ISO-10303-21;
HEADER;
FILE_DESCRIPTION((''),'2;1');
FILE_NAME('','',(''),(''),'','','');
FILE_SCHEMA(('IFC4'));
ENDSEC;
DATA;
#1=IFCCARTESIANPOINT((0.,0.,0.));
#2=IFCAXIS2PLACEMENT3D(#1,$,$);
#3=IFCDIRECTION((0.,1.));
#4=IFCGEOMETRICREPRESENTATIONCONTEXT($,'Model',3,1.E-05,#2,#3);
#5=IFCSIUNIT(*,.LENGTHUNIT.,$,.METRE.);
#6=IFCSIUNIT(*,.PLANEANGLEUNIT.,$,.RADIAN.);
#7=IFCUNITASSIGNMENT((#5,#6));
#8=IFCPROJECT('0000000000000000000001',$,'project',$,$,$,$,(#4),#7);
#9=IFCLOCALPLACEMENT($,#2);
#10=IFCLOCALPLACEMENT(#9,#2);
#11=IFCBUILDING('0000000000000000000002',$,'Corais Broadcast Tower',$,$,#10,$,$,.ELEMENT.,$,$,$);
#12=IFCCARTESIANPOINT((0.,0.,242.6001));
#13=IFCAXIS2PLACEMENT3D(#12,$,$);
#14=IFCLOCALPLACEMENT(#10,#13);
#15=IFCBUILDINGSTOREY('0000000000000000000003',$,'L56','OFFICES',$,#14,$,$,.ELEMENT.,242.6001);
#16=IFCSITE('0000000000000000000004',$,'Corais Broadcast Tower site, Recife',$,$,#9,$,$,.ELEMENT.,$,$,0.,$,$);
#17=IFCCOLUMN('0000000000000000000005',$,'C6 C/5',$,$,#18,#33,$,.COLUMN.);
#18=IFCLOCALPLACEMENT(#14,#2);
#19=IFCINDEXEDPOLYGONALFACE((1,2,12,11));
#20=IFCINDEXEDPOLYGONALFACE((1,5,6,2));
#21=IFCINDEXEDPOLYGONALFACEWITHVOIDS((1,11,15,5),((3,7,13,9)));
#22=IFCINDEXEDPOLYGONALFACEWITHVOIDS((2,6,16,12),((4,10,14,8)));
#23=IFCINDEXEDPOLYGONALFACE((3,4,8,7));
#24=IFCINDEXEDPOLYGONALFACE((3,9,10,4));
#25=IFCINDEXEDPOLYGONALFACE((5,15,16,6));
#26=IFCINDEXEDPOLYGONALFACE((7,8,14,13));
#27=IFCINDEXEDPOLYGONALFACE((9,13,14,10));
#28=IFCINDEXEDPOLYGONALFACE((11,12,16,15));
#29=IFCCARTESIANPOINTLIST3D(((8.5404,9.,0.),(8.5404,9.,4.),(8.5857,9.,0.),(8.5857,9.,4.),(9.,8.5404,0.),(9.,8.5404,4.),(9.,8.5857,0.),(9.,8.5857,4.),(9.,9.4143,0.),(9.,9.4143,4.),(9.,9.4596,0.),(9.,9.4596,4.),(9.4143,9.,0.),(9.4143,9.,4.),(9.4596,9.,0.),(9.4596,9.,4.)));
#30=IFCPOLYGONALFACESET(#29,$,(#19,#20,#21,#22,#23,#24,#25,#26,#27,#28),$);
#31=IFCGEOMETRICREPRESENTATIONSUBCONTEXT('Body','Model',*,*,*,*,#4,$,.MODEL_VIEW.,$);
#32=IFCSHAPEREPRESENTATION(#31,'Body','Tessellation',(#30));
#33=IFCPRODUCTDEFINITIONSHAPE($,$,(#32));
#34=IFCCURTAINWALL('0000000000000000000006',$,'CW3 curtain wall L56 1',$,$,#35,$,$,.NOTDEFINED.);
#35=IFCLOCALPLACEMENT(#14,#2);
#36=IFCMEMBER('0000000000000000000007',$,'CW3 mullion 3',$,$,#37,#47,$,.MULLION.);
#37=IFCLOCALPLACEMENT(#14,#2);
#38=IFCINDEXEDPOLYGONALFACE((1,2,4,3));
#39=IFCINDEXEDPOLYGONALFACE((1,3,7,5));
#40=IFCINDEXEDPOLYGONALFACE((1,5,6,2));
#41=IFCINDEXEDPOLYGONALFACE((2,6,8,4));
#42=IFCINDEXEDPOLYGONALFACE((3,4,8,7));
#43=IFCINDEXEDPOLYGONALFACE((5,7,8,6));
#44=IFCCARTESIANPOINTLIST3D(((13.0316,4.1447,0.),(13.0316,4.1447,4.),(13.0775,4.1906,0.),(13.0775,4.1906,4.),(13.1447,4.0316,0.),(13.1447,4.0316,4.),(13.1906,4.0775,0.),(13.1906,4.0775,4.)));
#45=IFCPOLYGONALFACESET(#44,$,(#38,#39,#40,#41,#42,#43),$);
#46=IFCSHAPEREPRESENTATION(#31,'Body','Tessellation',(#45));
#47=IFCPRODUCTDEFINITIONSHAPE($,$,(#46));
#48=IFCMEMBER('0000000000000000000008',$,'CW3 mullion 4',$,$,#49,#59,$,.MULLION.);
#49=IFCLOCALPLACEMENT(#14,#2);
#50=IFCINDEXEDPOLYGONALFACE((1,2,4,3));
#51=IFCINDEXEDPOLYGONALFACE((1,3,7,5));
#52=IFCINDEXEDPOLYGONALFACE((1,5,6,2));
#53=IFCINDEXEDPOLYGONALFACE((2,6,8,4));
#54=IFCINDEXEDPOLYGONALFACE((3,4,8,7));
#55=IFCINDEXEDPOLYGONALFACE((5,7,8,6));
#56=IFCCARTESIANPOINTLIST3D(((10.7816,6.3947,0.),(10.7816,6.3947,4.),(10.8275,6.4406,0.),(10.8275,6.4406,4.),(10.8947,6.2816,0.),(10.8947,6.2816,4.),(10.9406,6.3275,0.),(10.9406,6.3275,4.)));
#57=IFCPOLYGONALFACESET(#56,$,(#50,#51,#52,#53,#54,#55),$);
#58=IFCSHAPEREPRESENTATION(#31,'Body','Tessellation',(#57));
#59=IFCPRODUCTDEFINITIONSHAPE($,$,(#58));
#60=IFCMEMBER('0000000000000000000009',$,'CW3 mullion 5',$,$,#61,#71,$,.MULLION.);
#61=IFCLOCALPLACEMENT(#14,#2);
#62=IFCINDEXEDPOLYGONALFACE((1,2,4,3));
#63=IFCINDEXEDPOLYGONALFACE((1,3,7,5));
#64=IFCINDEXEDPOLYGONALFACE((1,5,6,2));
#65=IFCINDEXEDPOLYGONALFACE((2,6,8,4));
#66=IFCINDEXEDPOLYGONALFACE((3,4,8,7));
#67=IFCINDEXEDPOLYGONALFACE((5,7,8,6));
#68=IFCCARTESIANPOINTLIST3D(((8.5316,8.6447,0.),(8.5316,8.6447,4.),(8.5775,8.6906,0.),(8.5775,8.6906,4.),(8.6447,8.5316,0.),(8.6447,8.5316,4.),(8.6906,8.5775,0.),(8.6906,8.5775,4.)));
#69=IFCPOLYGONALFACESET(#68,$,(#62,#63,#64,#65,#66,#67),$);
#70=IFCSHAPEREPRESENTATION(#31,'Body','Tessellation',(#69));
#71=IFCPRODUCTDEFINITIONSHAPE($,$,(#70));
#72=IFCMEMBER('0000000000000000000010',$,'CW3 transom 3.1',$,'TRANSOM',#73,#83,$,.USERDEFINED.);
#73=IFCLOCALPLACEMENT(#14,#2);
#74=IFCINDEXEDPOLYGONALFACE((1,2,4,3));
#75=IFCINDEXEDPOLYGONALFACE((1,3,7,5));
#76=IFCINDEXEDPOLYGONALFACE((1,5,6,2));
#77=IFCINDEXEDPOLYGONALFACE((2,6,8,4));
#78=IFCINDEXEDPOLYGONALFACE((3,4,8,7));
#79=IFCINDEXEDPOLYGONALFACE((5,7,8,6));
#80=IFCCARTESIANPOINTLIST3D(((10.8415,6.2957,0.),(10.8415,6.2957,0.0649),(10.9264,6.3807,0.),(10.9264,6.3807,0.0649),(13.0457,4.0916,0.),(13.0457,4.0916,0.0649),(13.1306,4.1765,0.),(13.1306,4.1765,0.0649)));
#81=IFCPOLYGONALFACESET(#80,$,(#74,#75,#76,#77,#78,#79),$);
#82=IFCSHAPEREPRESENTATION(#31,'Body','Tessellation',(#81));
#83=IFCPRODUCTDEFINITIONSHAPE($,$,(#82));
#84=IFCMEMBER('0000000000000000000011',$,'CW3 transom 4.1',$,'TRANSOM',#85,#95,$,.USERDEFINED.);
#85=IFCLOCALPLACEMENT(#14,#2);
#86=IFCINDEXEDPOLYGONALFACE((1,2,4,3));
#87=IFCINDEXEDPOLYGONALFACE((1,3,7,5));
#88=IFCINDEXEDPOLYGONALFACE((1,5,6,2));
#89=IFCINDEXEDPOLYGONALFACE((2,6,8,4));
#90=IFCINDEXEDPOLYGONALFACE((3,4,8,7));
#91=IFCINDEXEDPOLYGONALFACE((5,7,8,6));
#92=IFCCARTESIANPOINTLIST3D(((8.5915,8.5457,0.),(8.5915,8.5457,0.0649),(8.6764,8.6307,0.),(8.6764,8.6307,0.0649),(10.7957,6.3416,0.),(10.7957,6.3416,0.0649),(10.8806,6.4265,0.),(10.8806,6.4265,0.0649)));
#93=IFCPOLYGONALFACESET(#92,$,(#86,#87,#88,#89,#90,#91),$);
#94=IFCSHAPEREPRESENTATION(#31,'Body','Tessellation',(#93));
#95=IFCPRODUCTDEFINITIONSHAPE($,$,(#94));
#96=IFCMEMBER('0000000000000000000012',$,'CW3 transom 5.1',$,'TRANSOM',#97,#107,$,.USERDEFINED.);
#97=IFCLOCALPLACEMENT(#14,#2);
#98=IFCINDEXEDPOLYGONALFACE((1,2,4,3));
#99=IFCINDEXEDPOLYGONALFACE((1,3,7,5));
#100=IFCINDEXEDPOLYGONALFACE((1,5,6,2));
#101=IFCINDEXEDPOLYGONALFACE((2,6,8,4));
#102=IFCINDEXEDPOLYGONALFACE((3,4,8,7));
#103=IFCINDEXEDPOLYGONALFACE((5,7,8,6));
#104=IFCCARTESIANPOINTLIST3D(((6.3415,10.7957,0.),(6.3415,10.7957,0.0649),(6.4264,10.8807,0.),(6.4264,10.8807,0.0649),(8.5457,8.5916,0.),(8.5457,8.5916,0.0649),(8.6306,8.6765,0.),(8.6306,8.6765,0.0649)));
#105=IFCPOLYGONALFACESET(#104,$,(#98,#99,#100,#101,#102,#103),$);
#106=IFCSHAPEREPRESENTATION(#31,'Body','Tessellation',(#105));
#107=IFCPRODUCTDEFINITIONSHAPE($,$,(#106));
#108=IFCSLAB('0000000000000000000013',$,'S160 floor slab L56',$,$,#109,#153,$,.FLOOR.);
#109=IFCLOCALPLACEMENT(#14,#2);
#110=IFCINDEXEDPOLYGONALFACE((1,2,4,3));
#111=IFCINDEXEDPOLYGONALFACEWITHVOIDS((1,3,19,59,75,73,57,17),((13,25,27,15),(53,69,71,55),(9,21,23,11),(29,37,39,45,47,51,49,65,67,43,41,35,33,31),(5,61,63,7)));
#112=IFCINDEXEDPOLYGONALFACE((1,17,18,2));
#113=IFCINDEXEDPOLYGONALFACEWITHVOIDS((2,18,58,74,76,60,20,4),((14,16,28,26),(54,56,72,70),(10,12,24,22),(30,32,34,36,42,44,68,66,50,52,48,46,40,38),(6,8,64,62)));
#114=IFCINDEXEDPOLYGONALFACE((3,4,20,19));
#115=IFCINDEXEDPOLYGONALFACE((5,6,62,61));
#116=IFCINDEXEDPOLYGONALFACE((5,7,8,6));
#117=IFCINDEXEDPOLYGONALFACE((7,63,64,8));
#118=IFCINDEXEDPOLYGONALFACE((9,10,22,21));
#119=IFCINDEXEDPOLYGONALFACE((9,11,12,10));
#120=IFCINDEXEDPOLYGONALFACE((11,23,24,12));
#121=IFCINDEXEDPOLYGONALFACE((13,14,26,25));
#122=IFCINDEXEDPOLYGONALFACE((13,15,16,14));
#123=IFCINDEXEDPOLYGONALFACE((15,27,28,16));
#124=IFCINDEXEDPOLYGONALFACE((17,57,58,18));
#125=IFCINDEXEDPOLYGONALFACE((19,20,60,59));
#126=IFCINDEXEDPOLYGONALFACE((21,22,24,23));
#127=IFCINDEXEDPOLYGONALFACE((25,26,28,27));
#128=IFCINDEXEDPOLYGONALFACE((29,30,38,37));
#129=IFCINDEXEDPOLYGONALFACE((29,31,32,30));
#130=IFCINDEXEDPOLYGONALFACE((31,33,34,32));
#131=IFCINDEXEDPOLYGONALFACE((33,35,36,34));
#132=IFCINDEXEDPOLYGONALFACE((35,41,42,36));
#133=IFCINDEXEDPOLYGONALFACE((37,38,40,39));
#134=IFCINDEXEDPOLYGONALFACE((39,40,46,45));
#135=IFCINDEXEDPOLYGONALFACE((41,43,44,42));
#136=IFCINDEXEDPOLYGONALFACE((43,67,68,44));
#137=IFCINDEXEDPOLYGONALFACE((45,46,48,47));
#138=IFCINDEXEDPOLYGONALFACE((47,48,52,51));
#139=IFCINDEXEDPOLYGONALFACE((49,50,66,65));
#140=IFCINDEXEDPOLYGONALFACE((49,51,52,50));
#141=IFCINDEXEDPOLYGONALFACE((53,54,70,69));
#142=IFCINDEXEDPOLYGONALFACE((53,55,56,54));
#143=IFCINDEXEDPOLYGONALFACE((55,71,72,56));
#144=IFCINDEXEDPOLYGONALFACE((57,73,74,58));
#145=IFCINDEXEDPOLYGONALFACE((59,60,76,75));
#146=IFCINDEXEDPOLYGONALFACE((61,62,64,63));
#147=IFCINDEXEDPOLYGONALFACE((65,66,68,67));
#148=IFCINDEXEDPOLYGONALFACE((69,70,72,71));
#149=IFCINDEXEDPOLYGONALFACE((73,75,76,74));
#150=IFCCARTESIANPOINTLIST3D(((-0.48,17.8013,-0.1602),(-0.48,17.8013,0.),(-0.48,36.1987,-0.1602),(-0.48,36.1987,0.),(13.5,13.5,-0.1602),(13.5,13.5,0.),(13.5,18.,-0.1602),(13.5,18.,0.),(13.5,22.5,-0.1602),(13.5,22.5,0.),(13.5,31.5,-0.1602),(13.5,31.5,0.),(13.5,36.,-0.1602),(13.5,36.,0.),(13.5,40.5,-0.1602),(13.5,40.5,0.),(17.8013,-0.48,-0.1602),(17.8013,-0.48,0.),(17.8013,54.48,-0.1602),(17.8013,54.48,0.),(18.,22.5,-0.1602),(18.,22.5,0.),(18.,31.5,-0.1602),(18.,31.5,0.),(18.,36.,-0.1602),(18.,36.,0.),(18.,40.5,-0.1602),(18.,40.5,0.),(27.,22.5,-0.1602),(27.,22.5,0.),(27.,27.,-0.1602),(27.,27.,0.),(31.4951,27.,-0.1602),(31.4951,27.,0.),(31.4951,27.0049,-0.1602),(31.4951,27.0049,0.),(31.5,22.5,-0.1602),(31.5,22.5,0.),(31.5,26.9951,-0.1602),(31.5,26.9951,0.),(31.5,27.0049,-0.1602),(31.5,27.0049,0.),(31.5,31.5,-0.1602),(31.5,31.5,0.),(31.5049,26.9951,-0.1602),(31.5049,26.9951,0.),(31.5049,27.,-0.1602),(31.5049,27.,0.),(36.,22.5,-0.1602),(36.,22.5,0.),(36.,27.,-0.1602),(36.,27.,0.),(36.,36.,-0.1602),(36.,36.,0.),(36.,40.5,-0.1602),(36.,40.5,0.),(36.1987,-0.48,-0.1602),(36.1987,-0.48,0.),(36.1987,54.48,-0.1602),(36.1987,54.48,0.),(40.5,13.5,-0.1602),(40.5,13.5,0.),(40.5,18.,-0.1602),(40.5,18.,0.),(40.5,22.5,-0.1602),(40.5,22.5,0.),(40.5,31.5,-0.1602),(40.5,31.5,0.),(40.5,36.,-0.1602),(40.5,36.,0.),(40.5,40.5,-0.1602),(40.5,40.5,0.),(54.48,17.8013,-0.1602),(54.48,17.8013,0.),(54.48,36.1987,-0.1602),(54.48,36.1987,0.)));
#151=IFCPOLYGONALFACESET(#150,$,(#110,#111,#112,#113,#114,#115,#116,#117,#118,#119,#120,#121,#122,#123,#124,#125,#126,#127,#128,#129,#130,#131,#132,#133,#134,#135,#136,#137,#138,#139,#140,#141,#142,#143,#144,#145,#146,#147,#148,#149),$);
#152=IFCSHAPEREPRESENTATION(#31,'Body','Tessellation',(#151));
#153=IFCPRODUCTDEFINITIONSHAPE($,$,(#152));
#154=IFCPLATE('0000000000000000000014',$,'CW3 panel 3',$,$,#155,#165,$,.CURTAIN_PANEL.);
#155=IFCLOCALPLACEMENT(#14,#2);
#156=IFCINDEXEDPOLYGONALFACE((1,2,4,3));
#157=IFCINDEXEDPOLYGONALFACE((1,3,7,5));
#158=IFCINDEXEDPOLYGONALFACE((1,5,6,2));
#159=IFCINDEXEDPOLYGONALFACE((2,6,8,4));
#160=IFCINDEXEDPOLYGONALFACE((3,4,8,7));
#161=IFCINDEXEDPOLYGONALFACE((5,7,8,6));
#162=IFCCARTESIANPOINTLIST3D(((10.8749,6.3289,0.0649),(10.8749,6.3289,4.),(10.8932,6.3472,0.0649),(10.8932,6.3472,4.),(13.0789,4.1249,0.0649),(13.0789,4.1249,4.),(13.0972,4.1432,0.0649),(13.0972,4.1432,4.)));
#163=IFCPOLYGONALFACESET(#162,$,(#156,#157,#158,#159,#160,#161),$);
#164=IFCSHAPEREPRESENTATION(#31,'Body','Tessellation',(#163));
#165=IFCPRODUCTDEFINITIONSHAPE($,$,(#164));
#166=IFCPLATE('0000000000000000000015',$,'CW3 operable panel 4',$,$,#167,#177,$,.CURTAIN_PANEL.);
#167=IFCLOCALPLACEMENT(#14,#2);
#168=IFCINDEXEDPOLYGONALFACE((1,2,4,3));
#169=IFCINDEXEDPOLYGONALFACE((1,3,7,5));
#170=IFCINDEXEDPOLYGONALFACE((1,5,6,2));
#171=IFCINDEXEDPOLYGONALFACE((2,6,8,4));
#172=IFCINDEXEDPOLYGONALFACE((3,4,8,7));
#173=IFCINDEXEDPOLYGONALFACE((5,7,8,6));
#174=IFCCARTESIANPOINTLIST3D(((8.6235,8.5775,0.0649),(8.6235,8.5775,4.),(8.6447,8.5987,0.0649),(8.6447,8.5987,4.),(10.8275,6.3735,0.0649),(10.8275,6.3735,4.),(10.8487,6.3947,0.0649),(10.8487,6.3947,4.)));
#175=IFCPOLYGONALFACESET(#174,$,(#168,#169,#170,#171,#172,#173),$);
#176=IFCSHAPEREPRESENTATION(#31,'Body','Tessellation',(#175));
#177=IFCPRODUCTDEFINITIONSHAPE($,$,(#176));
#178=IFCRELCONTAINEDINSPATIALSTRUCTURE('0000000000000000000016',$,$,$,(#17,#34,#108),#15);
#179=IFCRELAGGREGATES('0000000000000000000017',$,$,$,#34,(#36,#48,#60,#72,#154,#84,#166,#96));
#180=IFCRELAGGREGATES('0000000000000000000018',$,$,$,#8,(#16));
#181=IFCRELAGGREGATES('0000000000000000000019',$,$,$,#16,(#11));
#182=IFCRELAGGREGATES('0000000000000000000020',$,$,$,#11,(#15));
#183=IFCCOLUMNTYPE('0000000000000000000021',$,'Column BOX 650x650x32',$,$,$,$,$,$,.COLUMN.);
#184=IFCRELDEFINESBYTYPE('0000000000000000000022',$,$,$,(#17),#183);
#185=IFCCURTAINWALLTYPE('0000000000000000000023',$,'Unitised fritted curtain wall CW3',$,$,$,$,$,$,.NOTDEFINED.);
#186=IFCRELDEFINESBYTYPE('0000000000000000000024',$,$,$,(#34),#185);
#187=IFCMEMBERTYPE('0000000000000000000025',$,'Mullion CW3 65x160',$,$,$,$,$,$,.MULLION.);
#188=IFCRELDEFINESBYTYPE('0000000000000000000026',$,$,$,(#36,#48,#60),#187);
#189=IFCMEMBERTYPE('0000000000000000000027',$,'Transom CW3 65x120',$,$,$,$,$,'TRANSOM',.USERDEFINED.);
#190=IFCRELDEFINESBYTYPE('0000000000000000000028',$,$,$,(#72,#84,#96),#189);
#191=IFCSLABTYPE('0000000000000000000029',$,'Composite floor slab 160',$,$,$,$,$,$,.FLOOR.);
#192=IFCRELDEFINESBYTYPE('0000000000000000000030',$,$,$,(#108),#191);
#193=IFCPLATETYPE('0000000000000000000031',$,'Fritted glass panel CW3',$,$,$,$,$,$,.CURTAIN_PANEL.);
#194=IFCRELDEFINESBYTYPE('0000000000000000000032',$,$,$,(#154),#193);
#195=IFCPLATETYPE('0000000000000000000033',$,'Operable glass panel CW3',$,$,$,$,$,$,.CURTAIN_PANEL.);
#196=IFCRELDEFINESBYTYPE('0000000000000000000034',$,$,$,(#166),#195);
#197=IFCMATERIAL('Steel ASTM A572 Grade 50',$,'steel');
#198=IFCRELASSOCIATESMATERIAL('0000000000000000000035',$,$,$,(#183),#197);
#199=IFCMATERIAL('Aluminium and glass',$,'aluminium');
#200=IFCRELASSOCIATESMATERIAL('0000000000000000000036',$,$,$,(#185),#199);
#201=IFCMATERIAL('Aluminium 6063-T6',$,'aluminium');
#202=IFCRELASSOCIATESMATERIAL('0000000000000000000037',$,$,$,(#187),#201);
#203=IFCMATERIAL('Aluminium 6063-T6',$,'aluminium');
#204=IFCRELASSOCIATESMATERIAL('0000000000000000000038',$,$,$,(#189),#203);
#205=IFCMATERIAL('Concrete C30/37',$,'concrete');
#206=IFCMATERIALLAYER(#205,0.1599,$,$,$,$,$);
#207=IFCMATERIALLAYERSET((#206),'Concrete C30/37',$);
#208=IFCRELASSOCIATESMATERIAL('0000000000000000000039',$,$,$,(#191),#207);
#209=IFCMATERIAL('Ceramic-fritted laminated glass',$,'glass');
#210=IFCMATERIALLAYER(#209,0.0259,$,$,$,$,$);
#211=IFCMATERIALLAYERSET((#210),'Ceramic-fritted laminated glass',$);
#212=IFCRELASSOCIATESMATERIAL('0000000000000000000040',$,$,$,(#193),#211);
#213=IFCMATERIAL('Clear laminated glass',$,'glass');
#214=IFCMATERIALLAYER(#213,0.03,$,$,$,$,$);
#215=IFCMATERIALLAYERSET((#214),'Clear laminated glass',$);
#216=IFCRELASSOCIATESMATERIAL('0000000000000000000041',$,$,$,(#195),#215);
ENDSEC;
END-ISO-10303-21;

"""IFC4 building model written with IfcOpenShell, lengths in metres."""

from ifc_helpers import new_model, si_unit, direction, frame, origin, origin_2d, place, context, subcontext, project, spatial, polyline, rectangle, hollow_rectangle, outline, extrude, material, layer, layer_set, material_profile, profile_set, type_object, element, aggregate, save


model = new_model("IFC4")

# Units and contexts
model_context = context("Model", 3, precision=1e-05, world=origin(), true_north=direction((0.0, 1.0)))
body_context = subcontext(model_context, "Body", "Model", "MODEL_VIEW")
ifc_project = project(units=[si_unit("LENGTHUNIT", "METRE"), si_unit("PLANEANGLEUNIT", "RADIAN")], contexts=[model_context])

# Site, building, storey
site_placement = place(None, origin())
site = spatial("IfcSite", under=ifc_project, at=site_placement, Name="Corais Broadcast Tower site, Recife", CompositionType="ELEMENT", RefElevation=0.0)
building_placement = place(site_placement, origin())
building = spatial("IfcBuilding", under=site, at=building_placement, Name="Corais Broadcast Tower", CompositionType="ELEMENT")
storey_placement = place(building_placement, frame((0.0, 0.0, 242.6001)))
storey = spatial("IfcBuildingStorey", under=building, at=storey_placement, Name="L56", Description="OFFICES", CompositionType="ELEMENT", Elevation=242.6001)

# Column
ifc_material_1 = material(Name="Steel ASTM A572 Grade 50", Category="steel")
ifc_material_profile_1 = material_profile(ifc_material_1, hollow_rectangle(XDim=0.6499, YDim=0.6499, WallThickness=0.032, at=origin_2d()), Name="BOX 650x650x32")
ifc_profile_set_1 = profile_set([ifc_material_profile_1], Name="Steel ASTM A572 Grade 50")
column_type = type_object("IfcColumnType", Name="Column BOX 650x650x32", PredefinedType="COLUMN", material=ifc_profile_set_1)
column_placement = place(storey_placement, frame((9.0, 9.0, 0.0), z_axis=(0.0, 0.0, 1.0), x_axis=(0.707107, 0.707107, 0.0)))
element("IfcColumn", 1, at=column_placement, inside=storey, type_object=column_type, Name="C6 C/5", PredefinedType="COLUMN", context=body_context, shape_type="SweptSolid", body=[
    extrude(hollow_rectangle(XDim=0.6499, YDim=0.6499, WallThickness=0.032, at=origin_2d()), origin(), (0.0, 0.0, 1.0), 4.0),
])

# Curtain wall, members
ifc_material_2 = material(Name="Aluminium and glass", Category="aluminium")
curtain_wall_type = type_object("IfcCurtainWallType", Name="Unitised fritted curtain wall CW3", PredefinedType="NOTDEFINED", material=ifc_material_2)
curtain_wall_placement = place(storey_placement, origin())
curtain_wall = element("IfcCurtainWall", 2, at=curtain_wall_placement, inside=storey, type_object=curtain_wall_type, Name="CW3 curtain wall L56 1", PredefinedType="NOTDEFINED")
ifc_material_3 = material(Name="Aluminium 6063-T6", Category="aluminium")
ifc_material_profile_2 = material_profile(ifc_material_3, rectangle(XDim=0.0649, YDim=0.1599, at=origin_2d()), Name="Mullion CW3 65x160")
ifc_profile_set_2 = profile_set([ifc_material_profile_2], Name="Aluminium 6063-T6")
member_type_1 = type_object("IfcMemberType", Name="Mullion CW3 65x160", PredefinedType="MULLION", material=ifc_profile_set_2)
member_1_placement = place(storey_placement, frame((13.1111, 4.1111, 0.0), z_axis=(0.0, 0.0, 1.0), x_axis=(-0.707107, -0.707107, 0.0)))
member_1 = element("IfcMember", 3, at=member_1_placement, type_object=member_type_1, Name="CW3 mullion 3", PredefinedType="MULLION", context=body_context, shape_type="SweptSolid", body=[
    extrude(rectangle(XDim=0.0649, YDim=0.1599, at=origin_2d()), origin(), (0.0, 0.0, 1.0), 4.0),
])
member_2_placement = place(storey_placement, frame((10.8611, 6.3611, 0.0), z_axis=(0.0, 0.0, 1.0), x_axis=(-0.707107, -0.707107, 0.0)))
member_2 = element("IfcMember", 4, at=member_2_placement, type_object=member_type_1, Name="CW3 mullion 4", PredefinedType="MULLION", context=body_context, shape_type="SweptSolid", body=[
    extrude(rectangle(XDim=0.0649, YDim=0.1599, at=origin_2d()), origin(), (0.0, 0.0, 1.0), 4.0),
])
member_3_placement = place(storey_placement, frame((8.6111, 8.6111, 0.0), z_axis=(0.0, 0.0, 1.0), x_axis=(-0.707107, -0.707107, 0.0)))
member_3 = element("IfcMember", 5, at=member_3_placement, type_object=member_type_1, Name="CW3 mullion 5", PredefinedType="MULLION", context=body_context, shape_type="SweptSolid", body=[
    extrude(rectangle(XDim=0.0649, YDim=0.1599, at=origin_2d()), origin(), (0.0, 0.0, 1.0), 4.0),
])
ifc_material_4 = material(Name="Aluminium 6063-T6", Category="aluminium")
ifc_material_profile_3 = material_profile(ifc_material_4, rectangle(XDim=0.1201, YDim=0.0649, at=origin_2d()), Name="Transom CW3 65x120")
ifc_profile_set_3 = profile_set([ifc_material_profile_3], Name="Aluminium 6063-T6")
member_type_2 = type_object("IfcMemberType", Name="Transom CW3 65x120", ElementType="TRANSOM", PredefinedType="USERDEFINED", material=ifc_profile_set_3)
member_4_placement = place(storey_placement, frame((13.0881, 4.134, 0.0325), z_axis=(-0.707107, 0.707107, 0.0), x_axis=(-0.707107, -0.707107, 0.0)))
member_4 = element("IfcMember", 6, at=member_4_placement, type_object=member_type_2, Name="CW3 transom 3.1", ObjectType="TRANSOM", PredefinedType="USERDEFINED", context=body_context, shape_type="SweptSolid", body=[
    extrude(rectangle(XDim=0.1201, YDim=0.0649, at=origin_2d()), origin(), (0.0, 0.0, 1.0), 3.1172),
])
member_5_placement = place(storey_placement, frame((10.8381, 6.384, 0.0325), z_axis=(-0.707107, 0.707107, 0.0), x_axis=(-0.707107, -0.707107, 0.0)))
member_5 = element("IfcMember", 7, at=member_5_placement, type_object=member_type_2, Name="CW3 transom 4.1", ObjectType="TRANSOM", PredefinedType="USERDEFINED", context=body_context, shape_type="SweptSolid", body=[
    extrude(rectangle(XDim=0.1201, YDim=0.0649, at=origin_2d()), origin(), (0.0, 0.0, 1.0), 3.1172),
])
member_6_placement = place(storey_placement, frame((8.5881, 8.634, 0.0325), z_axis=(-0.707107, 0.707107, 0.0), x_axis=(-0.707107, -0.707107, 0.0)))
member_6 = element("IfcMember", 8, at=member_6_placement, type_object=member_type_2, Name="CW3 transom 5.1", ObjectType="TRANSOM", PredefinedType="USERDEFINED", context=body_context, shape_type="SweptSolid", body=[
    extrude(rectangle(XDim=0.1201, YDim=0.0649, at=origin_2d()), origin(), (0.0, 0.0, 1.0), 3.1172),
])

# Slab
ifc_material_5 = material(Name="Concrete C30/37", Category="concrete")
ifc_layer_1 = layer(ifc_material_5, 0.1599)
ifc_layer_set_1 = layer_set([ifc_layer_1], Name="Concrete C30/37")
slab_type_1 = type_object("IfcSlabType", Name="Composite floor slab 160", PredefinedType="FLOOR", material=ifc_layer_set_1)
slab_1_placement = place(storey_placement, frame((0.0, 0.0, -0.1602)))
element("IfcSlab", 9, at=slab_1_placement, inside=storey, type_object=slab_type_1, Name="S160 floor slab L56", PredefinedType="FLOOR", context=body_context, shape_type="SweptSolid", body=[
    extrude(outline(polyline([(17.8013, -0.48), (-0.48, 17.8013), (-0.48, 36.1987), (17.8013, 54.48), (36.1987, 54.48), (54.48, 36.1987), (54.48, 17.8013), (36.1987, -0.48), (17.8013, -0.48)]), holes=[polyline([(13.5, 18.0), (40.5, 18.0), (40.5, 13.5), (13.5, 13.5), (13.5, 18.0)]), polyline([(18.0, 22.5), (13.5, 22.5), (13.5, 31.5), (18.0, 31.5), (18.0, 22.5)]), polyline([(18.0, 36.0), (13.5, 36.0), (13.5, 40.5), (18.0, 40.5), (18.0, 36.0)]), polyline([(31.5, 22.5), (27.0, 22.5), (27.0, 27.0), (31.4951, 27.0), (31.4951, 27.0049), (31.5, 27.0049), (31.5, 31.5), (40.5, 31.5), (40.5, 22.5), (36.0, 22.5), (36.0, 27.0), (31.5049, 27.0), (31.5049, 26.9951), (31.5, 26.9951), (31.5, 22.5)]), polyline([(40.5, 36.0), (36.0, 36.0), (36.0, 40.5), (40.5, 40.5), (40.5, 36.0)])]), origin(), (0.0, 0.0, 1.0), 0.1602),
])

# Plates
ifc_material_6 = material(Name="Ceramic-fritted laminated glass", Category="glass")
ifc_layer_2 = layer(ifc_material_6, 0.0259)
ifc_layer_set_2 = layer_set([ifc_layer_2], Name="Ceramic-fritted laminated glass")
plate_type_1 = type_object("IfcPlateType", Name="Fritted glass panel CW3", PredefinedType="CURTAIN_PANEL", material=ifc_layer_set_2)
plate_1_placement = place(storey_placement, frame((11.9861, 5.2361, 0.0649), z_axis=(0.0, 0.0, 1.0), x_axis=(-0.707107, 0.707107, 0.0)))
plate_1 = element("IfcPlate", 10, at=plate_1_placement, type_object=plate_type_1, Name="CW3 panel 3", PredefinedType="CURTAIN_PANEL", context=body_context, shape_type="SweptSolid", body=[
    extrude(rectangle(XDim=3.1169, YDim=0.0259, at=origin_2d()), origin(), (0.0, 0.0, 1.0), 3.9351),
])
ifc_material_7 = material(Name="Clear laminated glass", Category="glass")
ifc_layer_3 = layer(ifc_material_7, 0.03)
ifc_layer_set_3 = layer_set([ifc_layer_3], Name="Clear laminated glass")
plate_type_2 = type_object("IfcPlateType", Name="Operable glass panel CW3", PredefinedType="CURTAIN_PANEL", material=ifc_layer_set_3)
plate_2_placement = place(storey_placement, frame((9.7361, 7.4861, 0.0649), z_axis=(0.0, 0.0, 1.0), x_axis=(-0.707107, 0.707107, 0.0)))
plate_2 = element("IfcPlate", 11, at=plate_2_placement, type_object=plate_type_2, Name="CW3 operable panel 4", PredefinedType="CURTAIN_PANEL", context=body_context, shape_type="SweptSolid", body=[
    extrude(rectangle(XDim=3.1169, YDim=0.03, at=origin_2d()), origin(), (0.0, 0.0, 1.0), 3.9351),
])
aggregate(curtain_wall, [member_1, member_2, member_3, member_4, plate_1, member_5, plate_2, member_6])

save(model, "model.ifc")
